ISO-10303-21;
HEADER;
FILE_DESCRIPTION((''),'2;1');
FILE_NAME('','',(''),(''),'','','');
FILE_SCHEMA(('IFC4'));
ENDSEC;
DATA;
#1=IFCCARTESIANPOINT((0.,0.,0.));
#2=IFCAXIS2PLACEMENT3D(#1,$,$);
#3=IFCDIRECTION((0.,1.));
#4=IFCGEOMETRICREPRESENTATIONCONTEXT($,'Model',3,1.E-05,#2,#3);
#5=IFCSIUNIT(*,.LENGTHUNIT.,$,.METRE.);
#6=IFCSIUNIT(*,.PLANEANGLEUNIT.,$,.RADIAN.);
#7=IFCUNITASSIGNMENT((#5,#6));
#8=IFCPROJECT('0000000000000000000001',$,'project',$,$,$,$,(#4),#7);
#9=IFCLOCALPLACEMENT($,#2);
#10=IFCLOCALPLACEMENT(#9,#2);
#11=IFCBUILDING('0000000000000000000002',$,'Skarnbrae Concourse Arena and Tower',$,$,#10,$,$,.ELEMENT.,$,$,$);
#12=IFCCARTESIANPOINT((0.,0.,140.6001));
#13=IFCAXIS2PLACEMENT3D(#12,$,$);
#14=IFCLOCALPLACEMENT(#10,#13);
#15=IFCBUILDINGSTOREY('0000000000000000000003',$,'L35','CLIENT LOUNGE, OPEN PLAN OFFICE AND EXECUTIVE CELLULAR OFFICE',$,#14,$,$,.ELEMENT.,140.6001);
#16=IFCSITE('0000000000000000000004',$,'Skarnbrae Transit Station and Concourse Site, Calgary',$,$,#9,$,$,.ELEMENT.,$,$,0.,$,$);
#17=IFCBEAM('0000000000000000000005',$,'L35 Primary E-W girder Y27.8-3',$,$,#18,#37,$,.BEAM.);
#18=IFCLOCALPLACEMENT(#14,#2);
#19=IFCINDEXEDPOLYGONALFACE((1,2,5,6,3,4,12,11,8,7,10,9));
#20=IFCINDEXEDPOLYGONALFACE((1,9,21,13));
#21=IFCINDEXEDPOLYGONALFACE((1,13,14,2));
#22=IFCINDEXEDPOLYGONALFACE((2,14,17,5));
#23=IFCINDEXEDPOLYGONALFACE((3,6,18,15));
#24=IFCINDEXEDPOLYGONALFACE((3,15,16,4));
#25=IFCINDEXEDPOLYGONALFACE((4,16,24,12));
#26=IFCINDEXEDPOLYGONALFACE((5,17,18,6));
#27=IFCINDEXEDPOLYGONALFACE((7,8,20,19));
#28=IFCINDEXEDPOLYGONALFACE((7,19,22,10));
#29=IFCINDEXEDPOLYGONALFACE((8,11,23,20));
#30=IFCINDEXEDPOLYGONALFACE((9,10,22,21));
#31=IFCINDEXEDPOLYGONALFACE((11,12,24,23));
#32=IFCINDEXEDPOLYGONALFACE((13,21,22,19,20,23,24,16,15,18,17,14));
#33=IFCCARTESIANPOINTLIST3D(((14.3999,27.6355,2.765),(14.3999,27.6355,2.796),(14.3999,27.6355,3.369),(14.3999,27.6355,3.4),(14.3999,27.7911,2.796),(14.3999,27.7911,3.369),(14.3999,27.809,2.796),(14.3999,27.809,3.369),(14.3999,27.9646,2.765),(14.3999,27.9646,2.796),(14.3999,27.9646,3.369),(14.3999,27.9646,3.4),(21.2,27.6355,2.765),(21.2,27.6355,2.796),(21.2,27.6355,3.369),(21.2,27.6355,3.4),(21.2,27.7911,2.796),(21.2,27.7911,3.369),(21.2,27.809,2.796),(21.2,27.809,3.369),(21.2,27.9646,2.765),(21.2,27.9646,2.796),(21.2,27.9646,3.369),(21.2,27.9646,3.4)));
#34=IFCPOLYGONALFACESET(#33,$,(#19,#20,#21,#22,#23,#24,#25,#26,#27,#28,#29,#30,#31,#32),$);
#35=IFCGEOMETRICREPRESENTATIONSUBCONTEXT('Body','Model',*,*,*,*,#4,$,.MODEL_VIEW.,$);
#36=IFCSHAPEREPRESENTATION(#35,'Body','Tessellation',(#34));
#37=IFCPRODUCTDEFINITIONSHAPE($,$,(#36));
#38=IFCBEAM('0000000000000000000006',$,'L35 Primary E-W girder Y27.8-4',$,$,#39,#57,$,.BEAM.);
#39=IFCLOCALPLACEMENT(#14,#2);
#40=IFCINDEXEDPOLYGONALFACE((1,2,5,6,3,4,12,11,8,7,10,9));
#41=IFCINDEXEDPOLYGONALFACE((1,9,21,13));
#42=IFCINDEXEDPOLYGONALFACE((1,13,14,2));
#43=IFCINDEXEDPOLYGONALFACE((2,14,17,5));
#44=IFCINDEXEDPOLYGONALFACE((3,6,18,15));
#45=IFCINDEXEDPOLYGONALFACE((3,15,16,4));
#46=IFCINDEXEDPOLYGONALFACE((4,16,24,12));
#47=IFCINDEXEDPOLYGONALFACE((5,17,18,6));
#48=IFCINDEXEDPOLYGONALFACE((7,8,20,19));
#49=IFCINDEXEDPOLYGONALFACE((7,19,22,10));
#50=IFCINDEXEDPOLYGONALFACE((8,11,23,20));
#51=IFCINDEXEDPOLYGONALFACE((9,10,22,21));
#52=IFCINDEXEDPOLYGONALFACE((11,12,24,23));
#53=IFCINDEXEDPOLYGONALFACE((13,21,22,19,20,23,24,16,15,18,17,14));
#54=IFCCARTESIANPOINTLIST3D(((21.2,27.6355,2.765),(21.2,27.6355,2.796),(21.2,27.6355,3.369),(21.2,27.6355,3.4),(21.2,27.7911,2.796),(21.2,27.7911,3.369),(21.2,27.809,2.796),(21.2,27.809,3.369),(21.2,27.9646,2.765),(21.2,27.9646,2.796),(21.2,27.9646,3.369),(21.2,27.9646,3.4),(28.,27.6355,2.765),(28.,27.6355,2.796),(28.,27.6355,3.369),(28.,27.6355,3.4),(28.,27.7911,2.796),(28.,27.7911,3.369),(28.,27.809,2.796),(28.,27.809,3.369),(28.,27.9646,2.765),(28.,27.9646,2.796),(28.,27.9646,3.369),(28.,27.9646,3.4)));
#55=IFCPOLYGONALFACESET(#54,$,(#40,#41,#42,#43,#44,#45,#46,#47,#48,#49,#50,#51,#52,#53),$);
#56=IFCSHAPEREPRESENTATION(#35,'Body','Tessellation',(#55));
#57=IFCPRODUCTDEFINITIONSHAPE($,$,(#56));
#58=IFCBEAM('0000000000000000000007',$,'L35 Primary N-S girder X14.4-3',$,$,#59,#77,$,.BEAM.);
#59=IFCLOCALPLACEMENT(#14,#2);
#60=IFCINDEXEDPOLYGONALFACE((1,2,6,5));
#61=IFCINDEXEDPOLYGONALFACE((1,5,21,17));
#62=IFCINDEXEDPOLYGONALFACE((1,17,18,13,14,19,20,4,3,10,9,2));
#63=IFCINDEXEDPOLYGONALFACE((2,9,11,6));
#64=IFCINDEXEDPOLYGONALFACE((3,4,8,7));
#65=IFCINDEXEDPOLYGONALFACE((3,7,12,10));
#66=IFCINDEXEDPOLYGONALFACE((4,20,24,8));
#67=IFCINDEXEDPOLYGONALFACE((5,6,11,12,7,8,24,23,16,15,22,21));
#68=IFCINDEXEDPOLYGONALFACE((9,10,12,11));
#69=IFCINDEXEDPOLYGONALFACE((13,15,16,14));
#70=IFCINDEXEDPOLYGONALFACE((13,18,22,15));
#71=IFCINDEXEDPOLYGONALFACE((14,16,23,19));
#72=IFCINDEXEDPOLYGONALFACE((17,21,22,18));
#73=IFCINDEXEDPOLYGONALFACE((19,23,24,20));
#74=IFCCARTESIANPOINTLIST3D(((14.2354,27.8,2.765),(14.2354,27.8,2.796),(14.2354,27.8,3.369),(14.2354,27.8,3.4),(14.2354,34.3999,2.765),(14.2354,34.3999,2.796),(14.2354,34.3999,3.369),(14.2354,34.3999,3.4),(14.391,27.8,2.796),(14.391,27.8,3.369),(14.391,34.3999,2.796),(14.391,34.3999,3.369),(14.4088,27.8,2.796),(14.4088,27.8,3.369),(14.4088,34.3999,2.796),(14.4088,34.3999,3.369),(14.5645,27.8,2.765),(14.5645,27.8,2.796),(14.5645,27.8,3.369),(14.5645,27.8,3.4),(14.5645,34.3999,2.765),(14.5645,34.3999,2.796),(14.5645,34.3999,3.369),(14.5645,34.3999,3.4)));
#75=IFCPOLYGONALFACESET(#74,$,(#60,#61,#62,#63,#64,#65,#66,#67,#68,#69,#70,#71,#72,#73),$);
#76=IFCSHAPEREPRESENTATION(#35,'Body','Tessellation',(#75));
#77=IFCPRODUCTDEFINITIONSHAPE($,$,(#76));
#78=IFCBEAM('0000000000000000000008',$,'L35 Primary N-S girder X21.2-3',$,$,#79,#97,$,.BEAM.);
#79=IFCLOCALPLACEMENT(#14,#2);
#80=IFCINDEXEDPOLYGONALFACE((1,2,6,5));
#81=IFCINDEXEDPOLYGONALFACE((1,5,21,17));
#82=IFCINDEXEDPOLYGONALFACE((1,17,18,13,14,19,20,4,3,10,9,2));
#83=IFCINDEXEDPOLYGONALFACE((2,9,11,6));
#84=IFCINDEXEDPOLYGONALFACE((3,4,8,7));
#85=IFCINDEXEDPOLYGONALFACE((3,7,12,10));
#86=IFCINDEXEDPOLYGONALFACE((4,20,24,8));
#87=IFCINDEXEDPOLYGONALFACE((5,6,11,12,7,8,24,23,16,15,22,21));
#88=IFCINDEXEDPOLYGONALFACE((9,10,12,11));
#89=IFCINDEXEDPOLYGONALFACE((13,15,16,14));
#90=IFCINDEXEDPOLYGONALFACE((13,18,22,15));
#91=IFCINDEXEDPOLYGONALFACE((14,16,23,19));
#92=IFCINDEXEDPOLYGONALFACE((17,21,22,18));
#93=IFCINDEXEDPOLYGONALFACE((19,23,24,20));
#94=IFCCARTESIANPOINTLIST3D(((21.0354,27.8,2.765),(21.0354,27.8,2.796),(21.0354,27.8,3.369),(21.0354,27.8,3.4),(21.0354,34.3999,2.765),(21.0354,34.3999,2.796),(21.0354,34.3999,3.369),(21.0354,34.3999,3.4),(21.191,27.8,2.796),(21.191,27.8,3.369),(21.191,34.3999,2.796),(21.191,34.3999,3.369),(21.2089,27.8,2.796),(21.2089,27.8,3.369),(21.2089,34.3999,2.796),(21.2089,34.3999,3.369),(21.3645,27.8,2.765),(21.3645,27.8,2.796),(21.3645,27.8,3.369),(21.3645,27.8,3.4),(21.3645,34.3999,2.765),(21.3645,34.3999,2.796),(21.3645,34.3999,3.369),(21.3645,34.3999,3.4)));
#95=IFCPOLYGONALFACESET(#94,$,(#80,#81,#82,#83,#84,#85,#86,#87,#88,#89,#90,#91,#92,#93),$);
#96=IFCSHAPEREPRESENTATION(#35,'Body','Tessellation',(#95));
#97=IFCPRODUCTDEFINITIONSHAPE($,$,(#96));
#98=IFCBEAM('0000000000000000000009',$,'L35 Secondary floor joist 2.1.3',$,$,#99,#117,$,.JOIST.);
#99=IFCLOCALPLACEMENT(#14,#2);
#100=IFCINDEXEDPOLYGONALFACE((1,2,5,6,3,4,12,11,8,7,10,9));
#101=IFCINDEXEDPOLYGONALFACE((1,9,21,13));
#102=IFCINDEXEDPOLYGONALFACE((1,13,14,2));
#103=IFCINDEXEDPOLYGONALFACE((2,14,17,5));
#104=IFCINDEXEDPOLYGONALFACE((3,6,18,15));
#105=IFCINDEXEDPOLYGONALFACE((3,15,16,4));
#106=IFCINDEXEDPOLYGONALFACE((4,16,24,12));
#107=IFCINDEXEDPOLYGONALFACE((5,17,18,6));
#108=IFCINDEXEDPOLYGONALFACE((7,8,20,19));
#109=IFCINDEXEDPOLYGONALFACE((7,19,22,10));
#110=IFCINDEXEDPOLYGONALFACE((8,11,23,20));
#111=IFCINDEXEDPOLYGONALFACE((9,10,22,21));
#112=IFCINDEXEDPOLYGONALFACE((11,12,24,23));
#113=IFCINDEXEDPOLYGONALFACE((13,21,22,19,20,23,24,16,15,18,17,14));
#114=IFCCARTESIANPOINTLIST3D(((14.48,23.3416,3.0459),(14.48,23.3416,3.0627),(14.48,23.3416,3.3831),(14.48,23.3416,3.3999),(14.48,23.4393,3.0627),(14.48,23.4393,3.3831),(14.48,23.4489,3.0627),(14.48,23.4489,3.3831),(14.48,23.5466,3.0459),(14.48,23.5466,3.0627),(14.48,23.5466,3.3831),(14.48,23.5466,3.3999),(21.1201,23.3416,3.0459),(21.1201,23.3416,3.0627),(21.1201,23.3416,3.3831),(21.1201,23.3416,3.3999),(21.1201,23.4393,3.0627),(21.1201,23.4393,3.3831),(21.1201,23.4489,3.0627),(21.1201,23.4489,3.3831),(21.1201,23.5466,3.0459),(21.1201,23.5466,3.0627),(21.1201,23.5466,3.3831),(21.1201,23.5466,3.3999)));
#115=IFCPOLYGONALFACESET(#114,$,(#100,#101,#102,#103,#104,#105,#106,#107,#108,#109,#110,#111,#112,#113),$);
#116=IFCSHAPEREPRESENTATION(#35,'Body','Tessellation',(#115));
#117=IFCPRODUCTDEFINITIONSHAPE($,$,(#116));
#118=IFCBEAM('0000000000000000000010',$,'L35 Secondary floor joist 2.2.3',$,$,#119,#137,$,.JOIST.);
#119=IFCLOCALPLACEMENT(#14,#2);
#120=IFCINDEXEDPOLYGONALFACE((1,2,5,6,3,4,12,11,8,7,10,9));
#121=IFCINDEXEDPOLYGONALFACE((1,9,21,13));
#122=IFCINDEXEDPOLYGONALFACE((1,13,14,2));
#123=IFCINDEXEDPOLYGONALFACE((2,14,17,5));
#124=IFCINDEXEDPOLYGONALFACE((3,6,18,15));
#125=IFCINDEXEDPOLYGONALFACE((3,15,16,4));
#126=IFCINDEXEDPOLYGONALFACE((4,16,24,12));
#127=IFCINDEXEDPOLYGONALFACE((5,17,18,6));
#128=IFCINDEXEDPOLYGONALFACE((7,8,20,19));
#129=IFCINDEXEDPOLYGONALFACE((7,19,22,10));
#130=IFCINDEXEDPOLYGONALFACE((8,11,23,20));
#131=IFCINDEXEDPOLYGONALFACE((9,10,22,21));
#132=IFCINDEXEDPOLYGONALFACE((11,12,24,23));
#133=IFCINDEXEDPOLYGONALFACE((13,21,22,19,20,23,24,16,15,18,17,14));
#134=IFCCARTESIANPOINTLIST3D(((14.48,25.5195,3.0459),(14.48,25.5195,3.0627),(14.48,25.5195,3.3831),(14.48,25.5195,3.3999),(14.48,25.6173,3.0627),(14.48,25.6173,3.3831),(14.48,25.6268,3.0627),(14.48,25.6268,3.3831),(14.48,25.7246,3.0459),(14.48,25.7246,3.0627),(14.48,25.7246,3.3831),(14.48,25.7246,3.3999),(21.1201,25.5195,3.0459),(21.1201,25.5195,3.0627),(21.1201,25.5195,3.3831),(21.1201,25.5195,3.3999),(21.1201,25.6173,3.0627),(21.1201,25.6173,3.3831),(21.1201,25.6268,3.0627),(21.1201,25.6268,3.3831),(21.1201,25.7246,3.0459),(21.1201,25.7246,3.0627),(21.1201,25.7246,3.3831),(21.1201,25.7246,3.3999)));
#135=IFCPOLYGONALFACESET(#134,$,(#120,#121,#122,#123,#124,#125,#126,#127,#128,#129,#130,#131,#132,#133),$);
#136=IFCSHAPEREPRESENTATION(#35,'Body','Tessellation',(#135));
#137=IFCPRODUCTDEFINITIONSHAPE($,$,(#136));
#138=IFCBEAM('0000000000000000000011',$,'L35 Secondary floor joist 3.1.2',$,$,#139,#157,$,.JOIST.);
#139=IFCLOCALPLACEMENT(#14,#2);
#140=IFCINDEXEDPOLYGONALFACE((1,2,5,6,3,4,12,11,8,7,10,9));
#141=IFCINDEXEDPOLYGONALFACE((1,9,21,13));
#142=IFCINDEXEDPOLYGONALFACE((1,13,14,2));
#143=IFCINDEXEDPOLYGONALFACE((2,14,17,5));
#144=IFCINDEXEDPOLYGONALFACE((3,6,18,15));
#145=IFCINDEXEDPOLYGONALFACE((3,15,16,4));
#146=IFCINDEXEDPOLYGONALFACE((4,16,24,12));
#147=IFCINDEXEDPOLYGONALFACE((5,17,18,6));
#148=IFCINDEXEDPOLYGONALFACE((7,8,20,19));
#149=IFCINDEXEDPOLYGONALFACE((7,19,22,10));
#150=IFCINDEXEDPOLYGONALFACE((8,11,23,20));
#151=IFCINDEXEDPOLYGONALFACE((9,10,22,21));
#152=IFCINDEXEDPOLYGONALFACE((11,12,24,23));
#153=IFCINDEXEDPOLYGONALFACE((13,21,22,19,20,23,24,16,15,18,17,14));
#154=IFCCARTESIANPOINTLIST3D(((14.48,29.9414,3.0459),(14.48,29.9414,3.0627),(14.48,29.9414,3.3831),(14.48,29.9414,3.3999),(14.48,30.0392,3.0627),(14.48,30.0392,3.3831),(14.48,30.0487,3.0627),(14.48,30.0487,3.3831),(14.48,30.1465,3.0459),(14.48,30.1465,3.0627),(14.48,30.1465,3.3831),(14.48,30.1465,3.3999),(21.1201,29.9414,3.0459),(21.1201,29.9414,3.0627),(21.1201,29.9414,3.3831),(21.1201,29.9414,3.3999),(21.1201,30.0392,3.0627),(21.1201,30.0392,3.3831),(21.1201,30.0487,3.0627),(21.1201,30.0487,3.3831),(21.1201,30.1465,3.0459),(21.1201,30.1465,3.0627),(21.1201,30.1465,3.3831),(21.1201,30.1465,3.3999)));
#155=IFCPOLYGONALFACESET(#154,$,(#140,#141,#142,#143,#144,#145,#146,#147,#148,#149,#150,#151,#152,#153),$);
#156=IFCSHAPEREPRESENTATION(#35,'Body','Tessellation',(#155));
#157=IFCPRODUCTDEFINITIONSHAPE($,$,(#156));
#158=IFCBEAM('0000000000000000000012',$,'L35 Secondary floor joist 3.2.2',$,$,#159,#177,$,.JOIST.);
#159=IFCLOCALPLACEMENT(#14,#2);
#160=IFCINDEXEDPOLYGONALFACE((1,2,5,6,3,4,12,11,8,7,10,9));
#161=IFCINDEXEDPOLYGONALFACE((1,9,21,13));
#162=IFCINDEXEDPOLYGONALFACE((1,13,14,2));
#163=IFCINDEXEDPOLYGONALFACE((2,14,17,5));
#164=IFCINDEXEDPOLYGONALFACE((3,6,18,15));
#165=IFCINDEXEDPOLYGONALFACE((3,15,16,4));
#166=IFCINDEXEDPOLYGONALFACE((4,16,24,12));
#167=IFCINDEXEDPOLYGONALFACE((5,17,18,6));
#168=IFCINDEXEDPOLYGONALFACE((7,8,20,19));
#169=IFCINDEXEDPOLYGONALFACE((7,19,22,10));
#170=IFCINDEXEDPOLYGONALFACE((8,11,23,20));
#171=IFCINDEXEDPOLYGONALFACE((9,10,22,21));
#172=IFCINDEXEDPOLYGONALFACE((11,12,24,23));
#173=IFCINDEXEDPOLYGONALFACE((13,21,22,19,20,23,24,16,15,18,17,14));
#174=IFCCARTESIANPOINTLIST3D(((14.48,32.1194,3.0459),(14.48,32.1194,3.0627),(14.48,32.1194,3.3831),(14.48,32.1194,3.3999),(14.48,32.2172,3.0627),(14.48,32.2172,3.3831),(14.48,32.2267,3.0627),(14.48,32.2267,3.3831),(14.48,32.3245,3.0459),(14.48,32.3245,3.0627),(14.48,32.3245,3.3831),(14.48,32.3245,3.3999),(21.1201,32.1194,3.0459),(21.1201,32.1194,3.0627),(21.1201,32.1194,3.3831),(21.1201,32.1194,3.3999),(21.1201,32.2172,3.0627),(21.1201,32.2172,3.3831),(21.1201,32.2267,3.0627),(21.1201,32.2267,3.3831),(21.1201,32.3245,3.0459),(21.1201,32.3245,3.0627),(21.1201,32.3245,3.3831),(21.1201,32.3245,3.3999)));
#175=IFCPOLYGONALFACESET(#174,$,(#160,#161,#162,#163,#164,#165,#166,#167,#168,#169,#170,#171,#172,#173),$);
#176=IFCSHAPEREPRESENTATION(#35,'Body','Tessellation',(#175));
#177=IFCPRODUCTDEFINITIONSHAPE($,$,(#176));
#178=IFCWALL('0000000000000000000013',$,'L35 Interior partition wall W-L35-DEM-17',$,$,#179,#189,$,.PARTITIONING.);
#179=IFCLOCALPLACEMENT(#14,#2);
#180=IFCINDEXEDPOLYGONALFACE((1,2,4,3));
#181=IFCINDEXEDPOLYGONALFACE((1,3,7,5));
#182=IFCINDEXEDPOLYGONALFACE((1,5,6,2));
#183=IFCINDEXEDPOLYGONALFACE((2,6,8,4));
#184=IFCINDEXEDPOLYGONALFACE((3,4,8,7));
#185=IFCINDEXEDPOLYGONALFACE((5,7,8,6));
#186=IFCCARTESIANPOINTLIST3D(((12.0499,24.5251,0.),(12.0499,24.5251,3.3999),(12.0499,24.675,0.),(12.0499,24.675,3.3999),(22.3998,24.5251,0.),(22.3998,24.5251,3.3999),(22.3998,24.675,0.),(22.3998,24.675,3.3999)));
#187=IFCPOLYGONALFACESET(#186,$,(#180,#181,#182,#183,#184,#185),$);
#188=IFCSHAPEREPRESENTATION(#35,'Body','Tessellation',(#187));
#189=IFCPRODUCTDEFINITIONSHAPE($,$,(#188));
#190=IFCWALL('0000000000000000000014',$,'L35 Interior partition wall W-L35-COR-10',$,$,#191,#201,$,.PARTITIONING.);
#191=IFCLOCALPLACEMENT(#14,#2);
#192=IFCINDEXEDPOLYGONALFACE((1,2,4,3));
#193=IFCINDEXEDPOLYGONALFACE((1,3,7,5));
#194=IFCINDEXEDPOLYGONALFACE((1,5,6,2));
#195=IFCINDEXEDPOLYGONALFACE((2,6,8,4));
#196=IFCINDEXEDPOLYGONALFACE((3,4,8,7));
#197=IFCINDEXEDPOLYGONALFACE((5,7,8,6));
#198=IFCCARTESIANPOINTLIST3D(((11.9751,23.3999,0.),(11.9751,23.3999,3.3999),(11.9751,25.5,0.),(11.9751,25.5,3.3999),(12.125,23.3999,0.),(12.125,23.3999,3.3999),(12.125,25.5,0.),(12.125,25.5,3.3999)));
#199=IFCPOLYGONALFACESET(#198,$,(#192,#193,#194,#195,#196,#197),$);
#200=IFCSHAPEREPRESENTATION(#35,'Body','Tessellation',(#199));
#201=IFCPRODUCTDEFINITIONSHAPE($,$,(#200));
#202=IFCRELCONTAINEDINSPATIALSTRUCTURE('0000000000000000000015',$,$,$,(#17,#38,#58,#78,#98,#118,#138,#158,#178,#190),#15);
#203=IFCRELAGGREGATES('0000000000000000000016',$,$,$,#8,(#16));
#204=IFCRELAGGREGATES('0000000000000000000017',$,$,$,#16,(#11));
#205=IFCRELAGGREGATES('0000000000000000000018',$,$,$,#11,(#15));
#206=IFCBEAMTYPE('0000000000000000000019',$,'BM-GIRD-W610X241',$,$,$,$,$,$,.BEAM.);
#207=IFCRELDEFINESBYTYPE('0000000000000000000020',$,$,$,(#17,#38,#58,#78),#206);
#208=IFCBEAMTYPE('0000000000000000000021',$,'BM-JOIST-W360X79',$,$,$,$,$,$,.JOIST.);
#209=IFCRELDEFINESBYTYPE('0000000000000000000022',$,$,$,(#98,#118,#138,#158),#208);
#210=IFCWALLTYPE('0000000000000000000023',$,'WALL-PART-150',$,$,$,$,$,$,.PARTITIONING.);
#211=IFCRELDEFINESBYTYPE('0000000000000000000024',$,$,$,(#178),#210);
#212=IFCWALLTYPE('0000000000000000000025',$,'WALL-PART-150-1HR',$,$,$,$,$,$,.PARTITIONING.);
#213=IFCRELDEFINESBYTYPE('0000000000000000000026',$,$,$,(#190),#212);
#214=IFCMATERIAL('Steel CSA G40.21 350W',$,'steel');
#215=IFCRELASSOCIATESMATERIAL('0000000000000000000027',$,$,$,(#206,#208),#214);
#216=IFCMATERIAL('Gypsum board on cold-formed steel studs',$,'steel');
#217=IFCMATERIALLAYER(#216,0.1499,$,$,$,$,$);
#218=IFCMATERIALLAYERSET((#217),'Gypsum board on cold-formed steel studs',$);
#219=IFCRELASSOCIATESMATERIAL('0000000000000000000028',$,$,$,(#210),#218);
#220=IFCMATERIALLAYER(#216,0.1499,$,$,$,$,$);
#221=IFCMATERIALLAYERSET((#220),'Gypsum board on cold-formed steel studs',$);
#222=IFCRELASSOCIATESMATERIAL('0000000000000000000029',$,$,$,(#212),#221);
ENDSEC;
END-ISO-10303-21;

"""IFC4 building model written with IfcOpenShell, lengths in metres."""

from ifc_helpers import new_model, si_unit, direction, frame, frame_2d, origin, origin_2d, place, context, subcontext, project, spatial, rectangle, i_section, extrude, source, transform, mapped, material, layer, layer_set, material_profile, profile_set, type_object, element, save


model = new_model("IFC4")

# Units and contexts
model_context = context("Model", 3, precision=1e-05, world=origin(), true_north=direction((0.0, 1.0)))
body_context = subcontext(model_context, "Body", "Model", "MODEL_VIEW")
ifc_project = project(units=[si_unit("LENGTHUNIT", "METRE"), si_unit("PLANEANGLEUNIT", "RADIAN")], contexts=[model_context])

# Site, building, storey
site_placement = place(None, origin())
site = spatial("IfcSite", under=ifc_project, at=site_placement, Name="Skarnbrae Transit Station and Concourse Site, Calgary", CompositionType="ELEMENT", RefElevation=0.0)
building_placement = place(site_placement, origin())
building = spatial("IfcBuilding", under=site, at=building_placement, Name="Skarnbrae Concourse Arena and Tower", CompositionType="ELEMENT")
storey_placement = place(building_placement, frame((0.0, 0.0, 140.6001)))
storey = spatial("IfcBuildingStorey", under=building, at=storey_placement, Name="L35", Description="CLIENT LOUNGE, OPEN PLAN OFFICE AND EXECUTIVE CELLULAR OFFICE", CompositionType="ELEMENT", Elevation=140.6001)

# Shared definitions
ifc_material_1 = material(Name="Steel CSA G40.21 350W", Category="steel")

# Beams
ifc_material_profile_1 = material_profile(ifc_material_1, i_section(OverallWidth=0.3291, OverallDepth=0.635, WebThickness=0.0178, FlangeThickness=0.031, at=origin_2d()), Name="W610X241")
ifc_profile_set_1 = profile_set([ifc_material_profile_1], Name="Steel CSA G40.21 350W")
beam_type_1 = type_object("IfcBeamType", Name="BM-GIRD-W610X241", PredefinedType="BEAM", material=ifc_profile_set_1)
shared_shape_1 = source(origin(), body_context, "Body", "SweptSolid", [
    extrude(i_section(OverallWidth=0.3291, OverallDepth=0.635, WebThickness=0.0178, FlangeThickness=0.031, at=origin_2d()), origin(), (0.0, 0.0, 1.0), 6.8),
])
for number, where, z_axis, x_axis, name in (
    (1, (14.3999, 27.8, 3.0825), (1.0, 0.0, 0.0), (0.0, 1.0, 0.0), "L35 Primary E-W girder Y27.8-3"),
    (2, (21.2, 27.8, 3.0825), (1.0, 0.0, 0.0), (0.0, 1.0, 0.0), "L35 Primary E-W girder Y27.8-4"),
):
    element("IfcBeam", number, at=place(storey_placement, frame(where, z_axis=z_axis, x_axis=x_axis)), inside=storey, type_object=beam_type_1, Name=name, PredefinedType="BEAM", context=body_context, shape_type="MappedRepresentation", body=[
        mapped(shared_shape_1, transform((0.0, 0.0, 0.0))),
    ])
shared_shape_2 = source(origin(), body_context, "Body", "SweptSolid", [
    extrude(i_section(OverallWidth=0.3291, OverallDepth=0.635, WebThickness=0.0178, FlangeThickness=0.031, at=origin_2d()), origin(), (0.0, 0.0, 1.0), 6.5999),
])
for number, where, z_axis, x_axis, name in (
    (3, (14.3999, 27.8, 3.0825), (0.0, 1.0, 0.0), (-1.0, 0.0, 0.0), "L35 Primary N-S girder X14.4-3"),
    (4, (21.2, 27.8, 3.0825), (0.0, 1.0, 0.0), (-1.0, 0.0, 0.0), "L35 Primary N-S girder X21.2-3"),
):
    element("IfcBeam", number, at=place(storey_placement, frame(where, z_axis=z_axis, x_axis=x_axis)), inside=storey, type_object=beam_type_1, Name=name, PredefinedType="BEAM", context=body_context, shape_type="MappedRepresentation", body=[
        mapped(shared_shape_2, transform((0.0, 0.0, 0.0))),
    ])
ifc_material_profile_2 = material_profile(ifc_material_1, i_section(OverallWidth=0.2051, OverallDepth=0.354, WebThickness=0.0095, FlangeThickness=0.0168, at=origin_2d()), Name="W360X79")
ifc_profile_set_2 = profile_set([ifc_material_profile_2], Name="Steel CSA G40.21 350W")
beam_type_2 = type_object("IfcBeamType", Name="BM-JOIST-W360X79", PredefinedType="JOIST", material=ifc_profile_set_2)
shared_shape_3 = source(origin(), body_context, "Body", "SweptSolid", [
    extrude(i_section(OverallWidth=0.2051, OverallDepth=0.354, WebThickness=0.0095, FlangeThickness=0.0168, at=origin_2d()), origin(), (0.0, 0.0, 1.0), 6.6401),
])
for number, where, z_axis, x_axis, name in (
    (5, (14.48, 23.4441, 3.2229), (1.0, 0.0, 0.0), (0.0, 1.0, 0.0), "L35 Secondary floor joist 2.1.3"),
    (6, (14.48, 25.6221, 3.2229), (1.0, 0.0, 0.0), (0.0, 1.0, 0.0), "L35 Secondary floor joist 2.2.3"),
    (7, (14.48, 30.0439, 3.2229), (1.0, 0.0, 0.0), (0.0, 1.0, 0.0), "L35 Secondary floor joist 3.1.2"),
    (8, (14.48, 32.2219, 3.2229), (1.0, 0.0, 0.0), (0.0, 1.0, 0.0), "L35 Secondary floor joist 3.2.2"),
):
    element("IfcBeam", number, at=place(storey_placement, frame(where, z_axis=z_axis, x_axis=x_axis)), inside=storey, type_object=beam_type_2, Name=name, PredefinedType="JOIST", context=body_context, shape_type="MappedRepresentation", body=[
        mapped(shared_shape_3, transform((0.0, 0.0, 0.0))),
    ])

# Walls
ifc_material_2 = material(Name="Gypsum board on cold-formed steel studs", Category="steel")
ifc_layer_1 = layer(ifc_material_2, 0.1499)
ifc_layer_set_1 = layer_set([ifc_layer_1], Name="Gypsum board on cold-formed steel studs")
wall_type_1 = type_object("IfcWallType", Name="WALL-PART-150", PredefinedType="PARTITIONING", material=ifc_layer_set_1)
shared_shape_4 = source(origin(), body_context, "Body", "SweptSolid", [
    extrude(rectangle(XDim=10.3499, YDim=0.1499, at=frame_2d((5.1748, 0.0))), origin(), (0.0, 0.0, 1.0), 3.3999),
])
wall_1_placement = place(storey_placement, frame((12.05, 24.6001, 0.0), z_axis=(0.0, 0.0, 1.0), x_axis=(1.0, 0.0, 0.0)))
element("IfcWall", 9, at=wall_1_placement, inside=storey, type_object=wall_type_1, Name="L35 Interior partition wall W-L35-DEM-17", PredefinedType="PARTITIONING", context=body_context, shape_type="MappedRepresentation", body=[
    mapped(shared_shape_4, transform((0.0, 0.0, 0.0))),
])
ifc_layer_2 = layer(ifc_material_2, 0.1499)
ifc_layer_set_2 = layer_set([ifc_layer_2], Name="Gypsum board on cold-formed steel studs")
wall_type_2 = type_object("IfcWallType", Name="WALL-PART-150-1HR", PredefinedType="PARTITIONING", material=ifc_layer_set_2)
shared_shape_5 = source(origin(), body_context, "Body", "SweptSolid", [
    extrude(rectangle(XDim=2.1001, YDim=0.1499, at=frame_2d((1.05, 0.0))), origin(), (0.0, 0.0, 1.0), 3.3999),
])
wall_2_placement = place(storey_placement, frame((12.05, 25.5, 0.0), z_axis=(0.0, 0.0, 1.0), x_axis=(0.0, -1.0, 0.0)))
element("IfcWall", 10, at=wall_2_placement, inside=storey, type_object=wall_type_2, Name="L35 Interior partition wall W-L35-COR-10", PredefinedType="PARTITIONING", context=body_context, shape_type="MappedRepresentation", body=[
    mapped(shared_shape_5, transform((0.0, 0.0, 0.0))),
])

save(model, "model.ifc")
